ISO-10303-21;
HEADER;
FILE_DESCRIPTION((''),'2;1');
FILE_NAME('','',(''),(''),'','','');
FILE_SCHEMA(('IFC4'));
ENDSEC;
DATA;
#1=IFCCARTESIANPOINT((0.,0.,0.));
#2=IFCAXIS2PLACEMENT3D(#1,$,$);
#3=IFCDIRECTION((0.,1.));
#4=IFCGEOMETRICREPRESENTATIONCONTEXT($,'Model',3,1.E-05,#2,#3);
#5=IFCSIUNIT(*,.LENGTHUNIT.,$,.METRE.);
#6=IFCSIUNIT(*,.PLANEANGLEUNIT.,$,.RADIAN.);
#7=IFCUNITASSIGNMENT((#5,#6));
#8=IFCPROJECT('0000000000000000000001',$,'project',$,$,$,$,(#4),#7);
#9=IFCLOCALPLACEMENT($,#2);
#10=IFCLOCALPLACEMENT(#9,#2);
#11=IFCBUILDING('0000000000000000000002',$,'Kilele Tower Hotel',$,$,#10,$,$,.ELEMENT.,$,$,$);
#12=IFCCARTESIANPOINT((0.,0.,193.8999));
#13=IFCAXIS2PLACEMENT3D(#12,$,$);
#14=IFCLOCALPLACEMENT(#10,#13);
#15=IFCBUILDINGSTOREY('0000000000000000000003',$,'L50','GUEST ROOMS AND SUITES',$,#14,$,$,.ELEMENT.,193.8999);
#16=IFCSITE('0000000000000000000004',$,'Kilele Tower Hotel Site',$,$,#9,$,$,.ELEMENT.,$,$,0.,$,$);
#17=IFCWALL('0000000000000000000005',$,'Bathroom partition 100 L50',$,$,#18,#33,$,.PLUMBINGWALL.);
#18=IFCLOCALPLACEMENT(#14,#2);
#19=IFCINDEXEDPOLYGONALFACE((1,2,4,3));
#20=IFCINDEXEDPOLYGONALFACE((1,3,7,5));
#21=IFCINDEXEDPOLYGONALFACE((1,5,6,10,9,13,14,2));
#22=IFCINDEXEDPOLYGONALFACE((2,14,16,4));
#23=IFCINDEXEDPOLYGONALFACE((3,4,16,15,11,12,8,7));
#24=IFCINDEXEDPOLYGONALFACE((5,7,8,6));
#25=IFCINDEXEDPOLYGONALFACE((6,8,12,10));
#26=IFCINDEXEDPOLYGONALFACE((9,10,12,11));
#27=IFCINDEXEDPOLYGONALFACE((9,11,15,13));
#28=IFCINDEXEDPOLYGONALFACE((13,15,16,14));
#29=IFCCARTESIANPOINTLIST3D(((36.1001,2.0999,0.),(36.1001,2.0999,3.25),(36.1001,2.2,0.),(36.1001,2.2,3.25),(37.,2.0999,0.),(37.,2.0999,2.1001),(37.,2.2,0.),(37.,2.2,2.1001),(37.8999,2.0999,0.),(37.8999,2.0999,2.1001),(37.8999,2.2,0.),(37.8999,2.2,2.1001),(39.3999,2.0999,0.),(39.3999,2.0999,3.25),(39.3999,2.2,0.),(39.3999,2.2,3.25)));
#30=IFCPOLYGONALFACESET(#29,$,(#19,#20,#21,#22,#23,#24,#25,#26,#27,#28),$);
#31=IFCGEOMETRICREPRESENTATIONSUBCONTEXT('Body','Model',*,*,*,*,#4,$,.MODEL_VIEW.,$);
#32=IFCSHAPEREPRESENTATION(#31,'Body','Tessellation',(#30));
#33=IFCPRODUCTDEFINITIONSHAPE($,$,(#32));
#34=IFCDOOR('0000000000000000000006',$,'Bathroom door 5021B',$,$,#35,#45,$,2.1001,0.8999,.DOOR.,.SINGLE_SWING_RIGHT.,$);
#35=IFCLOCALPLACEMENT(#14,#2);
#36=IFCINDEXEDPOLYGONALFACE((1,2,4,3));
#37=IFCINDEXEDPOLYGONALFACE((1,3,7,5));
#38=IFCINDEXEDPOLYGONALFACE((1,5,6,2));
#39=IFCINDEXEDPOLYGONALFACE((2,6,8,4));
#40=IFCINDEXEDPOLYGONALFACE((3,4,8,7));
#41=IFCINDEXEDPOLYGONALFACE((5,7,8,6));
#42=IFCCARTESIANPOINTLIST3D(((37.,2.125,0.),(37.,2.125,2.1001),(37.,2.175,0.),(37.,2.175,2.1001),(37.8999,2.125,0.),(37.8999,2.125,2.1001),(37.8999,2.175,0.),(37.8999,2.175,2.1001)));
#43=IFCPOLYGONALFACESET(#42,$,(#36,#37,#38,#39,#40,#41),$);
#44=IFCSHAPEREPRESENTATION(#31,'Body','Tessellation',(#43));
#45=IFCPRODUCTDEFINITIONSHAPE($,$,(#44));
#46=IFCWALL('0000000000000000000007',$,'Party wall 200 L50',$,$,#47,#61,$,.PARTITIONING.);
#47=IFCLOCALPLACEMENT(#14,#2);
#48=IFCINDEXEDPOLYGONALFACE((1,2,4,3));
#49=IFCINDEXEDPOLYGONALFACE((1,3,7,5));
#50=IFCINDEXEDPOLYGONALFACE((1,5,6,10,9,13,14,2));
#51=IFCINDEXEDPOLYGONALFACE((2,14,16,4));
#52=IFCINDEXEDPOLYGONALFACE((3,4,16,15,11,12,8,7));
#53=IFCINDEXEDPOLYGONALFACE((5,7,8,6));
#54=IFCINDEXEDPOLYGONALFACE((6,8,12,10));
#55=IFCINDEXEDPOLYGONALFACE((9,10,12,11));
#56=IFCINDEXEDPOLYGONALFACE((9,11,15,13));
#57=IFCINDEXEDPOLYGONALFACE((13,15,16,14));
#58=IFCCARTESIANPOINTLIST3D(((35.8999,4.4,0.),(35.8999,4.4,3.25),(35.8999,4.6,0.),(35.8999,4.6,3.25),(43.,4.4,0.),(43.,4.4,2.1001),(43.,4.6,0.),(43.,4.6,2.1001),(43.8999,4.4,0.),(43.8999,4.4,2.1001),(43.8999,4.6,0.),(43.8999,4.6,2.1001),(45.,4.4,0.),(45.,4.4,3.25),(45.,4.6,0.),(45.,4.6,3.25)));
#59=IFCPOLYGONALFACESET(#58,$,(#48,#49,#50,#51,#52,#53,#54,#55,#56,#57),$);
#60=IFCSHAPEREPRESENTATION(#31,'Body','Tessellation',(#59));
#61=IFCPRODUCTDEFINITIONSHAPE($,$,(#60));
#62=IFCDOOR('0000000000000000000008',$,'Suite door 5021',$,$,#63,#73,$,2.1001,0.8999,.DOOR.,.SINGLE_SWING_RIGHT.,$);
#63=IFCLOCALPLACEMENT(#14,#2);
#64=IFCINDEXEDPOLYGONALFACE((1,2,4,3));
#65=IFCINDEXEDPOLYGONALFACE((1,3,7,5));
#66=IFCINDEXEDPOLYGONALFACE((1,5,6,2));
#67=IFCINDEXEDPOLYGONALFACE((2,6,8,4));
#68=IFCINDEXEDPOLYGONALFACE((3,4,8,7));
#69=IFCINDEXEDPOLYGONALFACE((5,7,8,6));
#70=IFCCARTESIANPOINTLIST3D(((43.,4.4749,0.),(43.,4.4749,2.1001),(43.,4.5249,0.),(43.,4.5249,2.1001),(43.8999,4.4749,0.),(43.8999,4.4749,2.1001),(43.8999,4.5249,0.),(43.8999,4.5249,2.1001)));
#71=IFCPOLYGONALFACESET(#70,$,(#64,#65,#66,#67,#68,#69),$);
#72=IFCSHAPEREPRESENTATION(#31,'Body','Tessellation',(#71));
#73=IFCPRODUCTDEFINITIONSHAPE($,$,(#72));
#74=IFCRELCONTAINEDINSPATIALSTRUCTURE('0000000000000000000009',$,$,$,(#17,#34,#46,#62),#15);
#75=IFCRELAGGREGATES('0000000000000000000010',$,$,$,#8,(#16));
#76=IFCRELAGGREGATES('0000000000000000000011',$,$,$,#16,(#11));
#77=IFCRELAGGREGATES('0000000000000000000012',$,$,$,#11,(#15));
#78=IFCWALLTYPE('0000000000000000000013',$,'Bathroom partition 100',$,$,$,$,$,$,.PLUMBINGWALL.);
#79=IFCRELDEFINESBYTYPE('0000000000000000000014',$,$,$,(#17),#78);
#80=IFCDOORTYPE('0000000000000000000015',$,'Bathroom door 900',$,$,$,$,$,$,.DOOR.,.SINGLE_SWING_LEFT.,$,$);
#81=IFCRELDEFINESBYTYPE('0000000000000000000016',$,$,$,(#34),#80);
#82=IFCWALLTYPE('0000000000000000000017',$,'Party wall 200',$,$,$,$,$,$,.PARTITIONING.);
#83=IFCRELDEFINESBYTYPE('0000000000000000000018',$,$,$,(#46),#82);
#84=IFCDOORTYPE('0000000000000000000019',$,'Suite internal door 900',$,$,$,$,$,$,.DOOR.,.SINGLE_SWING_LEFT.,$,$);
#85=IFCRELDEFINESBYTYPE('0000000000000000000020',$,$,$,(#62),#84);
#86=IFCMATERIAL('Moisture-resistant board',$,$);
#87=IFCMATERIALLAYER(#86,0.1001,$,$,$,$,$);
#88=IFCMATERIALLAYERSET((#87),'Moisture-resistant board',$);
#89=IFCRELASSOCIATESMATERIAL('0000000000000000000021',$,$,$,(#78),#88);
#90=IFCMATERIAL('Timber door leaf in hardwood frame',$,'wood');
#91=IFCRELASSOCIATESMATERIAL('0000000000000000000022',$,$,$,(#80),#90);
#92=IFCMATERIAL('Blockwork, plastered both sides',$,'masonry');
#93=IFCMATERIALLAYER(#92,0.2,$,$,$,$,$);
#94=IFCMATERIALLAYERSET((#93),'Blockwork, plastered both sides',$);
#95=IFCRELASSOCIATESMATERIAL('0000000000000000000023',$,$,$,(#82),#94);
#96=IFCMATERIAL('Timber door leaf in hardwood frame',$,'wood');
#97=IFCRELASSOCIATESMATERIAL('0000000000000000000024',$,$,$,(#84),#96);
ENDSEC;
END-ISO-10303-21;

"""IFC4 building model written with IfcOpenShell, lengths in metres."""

from ifc_helpers import new_model, si_unit, direction, frame, frame_2d, origin, place, context, subcontext, project, spatial, rectangle, extrude, material, layer, layer_set, type_object, element, fill, save


model = new_model("IFC4")

# Units and contexts
model_context = context("Model", 3, precision=1e-05, world=origin(), true_north=direction((0.0, 1.0)))
body_context = subcontext(model_context, "Body", "Model", "MODEL_VIEW")
ifc_project = project(units=[si_unit("LENGTHUNIT", "METRE"), si_unit("PLANEANGLEUNIT", "RADIAN")], contexts=[model_context])

# Site, building, storey
site_placement = place(None, origin())
site = spatial("IfcSite", under=ifc_project, at=site_placement, Name="Kilele Tower Hotel Site", CompositionType="ELEMENT", RefElevation=0.0)
building_placement = place(site_placement, origin())
building = spatial("IfcBuilding", under=site, at=building_placement, Name="Kilele Tower Hotel", CompositionType="ELEMENT")
storey_placement = place(building_placement, frame((0.0, 0.0, 193.8999)))
storey = spatial("IfcBuildingStorey", under=building, at=storey_placement, Name="L50", Description="GUEST ROOMS AND SUITES", CompositionType="ELEMENT", Elevation=193.8999)

# Shared definitions
ifc_material_1 = material(Name="Moisture-resistant board")
ifc_layer_1 = layer(ifc_material_1, 0.1001)
ifc_layer_set_1 = layer_set([ifc_layer_1], Name="Moisture-resistant board")
wall_type_1 = type_object("IfcWallType", Name="Bathroom partition 100", PredefinedType="PLUMBINGWALL", material=ifc_layer_set_1)

# Walls, openings, doors
ifc_material_2 = material(Name="Timber door leaf in hardwood frame", Category="wood")
door_type_1 = type_object("IfcDoorType", Name="Bathroom door 900", OperationType="SINGLE_SWING_LEFT", PredefinedType="DOOR", material=ifc_material_2)
wall_1_placement = place(storey_placement, frame((36.1001, 2.1499, 0.0), z_axis=(0.0, 0.0, 1.0), x_axis=(1.0, 0.0, 0.0)))
wall_1 = element("IfcWall", 1, at=wall_1_placement, inside=storey, type_object=wall_type_1, Name="Bathroom partition 100 L50", PredefinedType="PLUMBINGWALL", context=body_context, shape_type="SweptSolid", body=[
    extrude(rectangle(XDim=3.2998, YDim=0.1001, at=frame_2d((1.6499, 0.0))), origin(), (0.0, 0.0, 1.0), 3.25),
])
opening_1_placement = place(wall_1_placement, frame((1.7998, 0.0, 0.0), z_axis=(0.0, 0.0, 1.0), x_axis=(-1.0, 0.0, 0.0)))
opening_1 = element("IfcOpeningElement", 2, at=opening_1_placement, cuts=wall_1, PredefinedType="OPENING", context=body_context, shape_type="SweptSolid", body=[
    extrude(rectangle(XDim=0.8999, YDim=2.1001, at=frame_2d((0.45, 1.05))), frame((0.0, 0.0601, 0.0), z_axis=(0.0, -1.0, 0.0), x_axis=(1.0, 0.0, 0.0)), (0.0, 0.0, 1.0), 0.1201),
])
door_1_placement = place(opening_1_placement, origin())
door_1 = element("IfcDoor", 3, at=door_1_placement, inside=storey, type_object=door_type_1, Name="Bathroom door 5021B", OperationType="SINGLE_SWING_RIGHT", OverallHeight=2.1001, OverallWidth=0.8999, PredefinedType="DOOR", context=body_context, shape_type="SweptSolid", body=[
    extrude(rectangle(XDim=0.8999, YDim=2.1001, at=frame_2d((0.45, 1.05))), frame((0.0, 0.0249, 0.0), z_axis=(0.0, -1.0, 0.0), x_axis=(1.0, 0.0, 0.0)), (0.0, 0.0, 1.0), 0.05),
])
fill(opening_1, door_1)
ifc_material_3 = material(Name="Blockwork, plastered both sides", Category="masonry")
ifc_layer_2 = layer(ifc_material_3, 0.2)
ifc_layer_set_2 = layer_set([ifc_layer_2], Name="Blockwork, plastered both sides")
wall_type_2 = type_object("IfcWallType", Name="Party wall 200", PredefinedType="PARTITIONING", material=ifc_layer_set_2)
wall_2_placement = place(storey_placement, frame((35.8999, 4.5, 0.0), z_axis=(0.0, 0.0, 1.0), x_axis=(1.0, 0.0, 0.0)))
wall_2 = element("IfcWall", 4, at=wall_2_placement, inside=storey, type_object=wall_type_2, Name="Party wall 200 L50", PredefinedType="PARTITIONING", context=body_context, shape_type="SweptSolid", body=[
    extrude(rectangle(XDim=9.1001, YDim=0.2, at=frame_2d((4.55, 0.0))), origin(), (0.0, 0.0, 1.0), 3.25),
])
opening_2_placement = place(wall_2_placement, frame((7.1001, 0.0, 0.0)))
opening_2 = element("IfcOpeningElement", 5, at=opening_2_placement, cuts=wall_2, PredefinedType="OPENING", context=body_context, shape_type="SweptSolid", body=[
    extrude(rectangle(XDim=0.8999, YDim=2.1001, at=frame_2d((0.45, 1.05))), frame((0.0, 0.1099, 0.0), z_axis=(0.0, -1.0, 0.0), x_axis=(1.0, 0.0, 0.0)), (0.0, 0.0, 1.0), 0.22),
])
ifc_material_4 = material(Name="Timber door leaf in hardwood frame", Category="wood")
door_type_2 = type_object("IfcDoorType", Name="Suite internal door 900", OperationType="SINGLE_SWING_LEFT", PredefinedType="DOOR", material=ifc_material_4)
door_2_placement = place(opening_2_placement, origin())
door_2 = element("IfcDoor", 6, at=door_2_placement, inside=storey, type_object=door_type_2, Name="Suite door 5021", OperationType="SINGLE_SWING_RIGHT", OverallHeight=2.1001, OverallWidth=0.8999, PredefinedType="DOOR", context=body_context, shape_type="SweptSolid", body=[
    extrude(rectangle(XDim=0.8999, YDim=2.1001, at=frame_2d((0.45, 1.05))), frame((0.0, 0.0249, 0.0), z_axis=(0.0, -1.0, 0.0), x_axis=(1.0, 0.0, 0.0)), (0.0, 0.0, 1.0), 0.05),
])
fill(opening_2, door_2)

save(model, "model.ifc")
